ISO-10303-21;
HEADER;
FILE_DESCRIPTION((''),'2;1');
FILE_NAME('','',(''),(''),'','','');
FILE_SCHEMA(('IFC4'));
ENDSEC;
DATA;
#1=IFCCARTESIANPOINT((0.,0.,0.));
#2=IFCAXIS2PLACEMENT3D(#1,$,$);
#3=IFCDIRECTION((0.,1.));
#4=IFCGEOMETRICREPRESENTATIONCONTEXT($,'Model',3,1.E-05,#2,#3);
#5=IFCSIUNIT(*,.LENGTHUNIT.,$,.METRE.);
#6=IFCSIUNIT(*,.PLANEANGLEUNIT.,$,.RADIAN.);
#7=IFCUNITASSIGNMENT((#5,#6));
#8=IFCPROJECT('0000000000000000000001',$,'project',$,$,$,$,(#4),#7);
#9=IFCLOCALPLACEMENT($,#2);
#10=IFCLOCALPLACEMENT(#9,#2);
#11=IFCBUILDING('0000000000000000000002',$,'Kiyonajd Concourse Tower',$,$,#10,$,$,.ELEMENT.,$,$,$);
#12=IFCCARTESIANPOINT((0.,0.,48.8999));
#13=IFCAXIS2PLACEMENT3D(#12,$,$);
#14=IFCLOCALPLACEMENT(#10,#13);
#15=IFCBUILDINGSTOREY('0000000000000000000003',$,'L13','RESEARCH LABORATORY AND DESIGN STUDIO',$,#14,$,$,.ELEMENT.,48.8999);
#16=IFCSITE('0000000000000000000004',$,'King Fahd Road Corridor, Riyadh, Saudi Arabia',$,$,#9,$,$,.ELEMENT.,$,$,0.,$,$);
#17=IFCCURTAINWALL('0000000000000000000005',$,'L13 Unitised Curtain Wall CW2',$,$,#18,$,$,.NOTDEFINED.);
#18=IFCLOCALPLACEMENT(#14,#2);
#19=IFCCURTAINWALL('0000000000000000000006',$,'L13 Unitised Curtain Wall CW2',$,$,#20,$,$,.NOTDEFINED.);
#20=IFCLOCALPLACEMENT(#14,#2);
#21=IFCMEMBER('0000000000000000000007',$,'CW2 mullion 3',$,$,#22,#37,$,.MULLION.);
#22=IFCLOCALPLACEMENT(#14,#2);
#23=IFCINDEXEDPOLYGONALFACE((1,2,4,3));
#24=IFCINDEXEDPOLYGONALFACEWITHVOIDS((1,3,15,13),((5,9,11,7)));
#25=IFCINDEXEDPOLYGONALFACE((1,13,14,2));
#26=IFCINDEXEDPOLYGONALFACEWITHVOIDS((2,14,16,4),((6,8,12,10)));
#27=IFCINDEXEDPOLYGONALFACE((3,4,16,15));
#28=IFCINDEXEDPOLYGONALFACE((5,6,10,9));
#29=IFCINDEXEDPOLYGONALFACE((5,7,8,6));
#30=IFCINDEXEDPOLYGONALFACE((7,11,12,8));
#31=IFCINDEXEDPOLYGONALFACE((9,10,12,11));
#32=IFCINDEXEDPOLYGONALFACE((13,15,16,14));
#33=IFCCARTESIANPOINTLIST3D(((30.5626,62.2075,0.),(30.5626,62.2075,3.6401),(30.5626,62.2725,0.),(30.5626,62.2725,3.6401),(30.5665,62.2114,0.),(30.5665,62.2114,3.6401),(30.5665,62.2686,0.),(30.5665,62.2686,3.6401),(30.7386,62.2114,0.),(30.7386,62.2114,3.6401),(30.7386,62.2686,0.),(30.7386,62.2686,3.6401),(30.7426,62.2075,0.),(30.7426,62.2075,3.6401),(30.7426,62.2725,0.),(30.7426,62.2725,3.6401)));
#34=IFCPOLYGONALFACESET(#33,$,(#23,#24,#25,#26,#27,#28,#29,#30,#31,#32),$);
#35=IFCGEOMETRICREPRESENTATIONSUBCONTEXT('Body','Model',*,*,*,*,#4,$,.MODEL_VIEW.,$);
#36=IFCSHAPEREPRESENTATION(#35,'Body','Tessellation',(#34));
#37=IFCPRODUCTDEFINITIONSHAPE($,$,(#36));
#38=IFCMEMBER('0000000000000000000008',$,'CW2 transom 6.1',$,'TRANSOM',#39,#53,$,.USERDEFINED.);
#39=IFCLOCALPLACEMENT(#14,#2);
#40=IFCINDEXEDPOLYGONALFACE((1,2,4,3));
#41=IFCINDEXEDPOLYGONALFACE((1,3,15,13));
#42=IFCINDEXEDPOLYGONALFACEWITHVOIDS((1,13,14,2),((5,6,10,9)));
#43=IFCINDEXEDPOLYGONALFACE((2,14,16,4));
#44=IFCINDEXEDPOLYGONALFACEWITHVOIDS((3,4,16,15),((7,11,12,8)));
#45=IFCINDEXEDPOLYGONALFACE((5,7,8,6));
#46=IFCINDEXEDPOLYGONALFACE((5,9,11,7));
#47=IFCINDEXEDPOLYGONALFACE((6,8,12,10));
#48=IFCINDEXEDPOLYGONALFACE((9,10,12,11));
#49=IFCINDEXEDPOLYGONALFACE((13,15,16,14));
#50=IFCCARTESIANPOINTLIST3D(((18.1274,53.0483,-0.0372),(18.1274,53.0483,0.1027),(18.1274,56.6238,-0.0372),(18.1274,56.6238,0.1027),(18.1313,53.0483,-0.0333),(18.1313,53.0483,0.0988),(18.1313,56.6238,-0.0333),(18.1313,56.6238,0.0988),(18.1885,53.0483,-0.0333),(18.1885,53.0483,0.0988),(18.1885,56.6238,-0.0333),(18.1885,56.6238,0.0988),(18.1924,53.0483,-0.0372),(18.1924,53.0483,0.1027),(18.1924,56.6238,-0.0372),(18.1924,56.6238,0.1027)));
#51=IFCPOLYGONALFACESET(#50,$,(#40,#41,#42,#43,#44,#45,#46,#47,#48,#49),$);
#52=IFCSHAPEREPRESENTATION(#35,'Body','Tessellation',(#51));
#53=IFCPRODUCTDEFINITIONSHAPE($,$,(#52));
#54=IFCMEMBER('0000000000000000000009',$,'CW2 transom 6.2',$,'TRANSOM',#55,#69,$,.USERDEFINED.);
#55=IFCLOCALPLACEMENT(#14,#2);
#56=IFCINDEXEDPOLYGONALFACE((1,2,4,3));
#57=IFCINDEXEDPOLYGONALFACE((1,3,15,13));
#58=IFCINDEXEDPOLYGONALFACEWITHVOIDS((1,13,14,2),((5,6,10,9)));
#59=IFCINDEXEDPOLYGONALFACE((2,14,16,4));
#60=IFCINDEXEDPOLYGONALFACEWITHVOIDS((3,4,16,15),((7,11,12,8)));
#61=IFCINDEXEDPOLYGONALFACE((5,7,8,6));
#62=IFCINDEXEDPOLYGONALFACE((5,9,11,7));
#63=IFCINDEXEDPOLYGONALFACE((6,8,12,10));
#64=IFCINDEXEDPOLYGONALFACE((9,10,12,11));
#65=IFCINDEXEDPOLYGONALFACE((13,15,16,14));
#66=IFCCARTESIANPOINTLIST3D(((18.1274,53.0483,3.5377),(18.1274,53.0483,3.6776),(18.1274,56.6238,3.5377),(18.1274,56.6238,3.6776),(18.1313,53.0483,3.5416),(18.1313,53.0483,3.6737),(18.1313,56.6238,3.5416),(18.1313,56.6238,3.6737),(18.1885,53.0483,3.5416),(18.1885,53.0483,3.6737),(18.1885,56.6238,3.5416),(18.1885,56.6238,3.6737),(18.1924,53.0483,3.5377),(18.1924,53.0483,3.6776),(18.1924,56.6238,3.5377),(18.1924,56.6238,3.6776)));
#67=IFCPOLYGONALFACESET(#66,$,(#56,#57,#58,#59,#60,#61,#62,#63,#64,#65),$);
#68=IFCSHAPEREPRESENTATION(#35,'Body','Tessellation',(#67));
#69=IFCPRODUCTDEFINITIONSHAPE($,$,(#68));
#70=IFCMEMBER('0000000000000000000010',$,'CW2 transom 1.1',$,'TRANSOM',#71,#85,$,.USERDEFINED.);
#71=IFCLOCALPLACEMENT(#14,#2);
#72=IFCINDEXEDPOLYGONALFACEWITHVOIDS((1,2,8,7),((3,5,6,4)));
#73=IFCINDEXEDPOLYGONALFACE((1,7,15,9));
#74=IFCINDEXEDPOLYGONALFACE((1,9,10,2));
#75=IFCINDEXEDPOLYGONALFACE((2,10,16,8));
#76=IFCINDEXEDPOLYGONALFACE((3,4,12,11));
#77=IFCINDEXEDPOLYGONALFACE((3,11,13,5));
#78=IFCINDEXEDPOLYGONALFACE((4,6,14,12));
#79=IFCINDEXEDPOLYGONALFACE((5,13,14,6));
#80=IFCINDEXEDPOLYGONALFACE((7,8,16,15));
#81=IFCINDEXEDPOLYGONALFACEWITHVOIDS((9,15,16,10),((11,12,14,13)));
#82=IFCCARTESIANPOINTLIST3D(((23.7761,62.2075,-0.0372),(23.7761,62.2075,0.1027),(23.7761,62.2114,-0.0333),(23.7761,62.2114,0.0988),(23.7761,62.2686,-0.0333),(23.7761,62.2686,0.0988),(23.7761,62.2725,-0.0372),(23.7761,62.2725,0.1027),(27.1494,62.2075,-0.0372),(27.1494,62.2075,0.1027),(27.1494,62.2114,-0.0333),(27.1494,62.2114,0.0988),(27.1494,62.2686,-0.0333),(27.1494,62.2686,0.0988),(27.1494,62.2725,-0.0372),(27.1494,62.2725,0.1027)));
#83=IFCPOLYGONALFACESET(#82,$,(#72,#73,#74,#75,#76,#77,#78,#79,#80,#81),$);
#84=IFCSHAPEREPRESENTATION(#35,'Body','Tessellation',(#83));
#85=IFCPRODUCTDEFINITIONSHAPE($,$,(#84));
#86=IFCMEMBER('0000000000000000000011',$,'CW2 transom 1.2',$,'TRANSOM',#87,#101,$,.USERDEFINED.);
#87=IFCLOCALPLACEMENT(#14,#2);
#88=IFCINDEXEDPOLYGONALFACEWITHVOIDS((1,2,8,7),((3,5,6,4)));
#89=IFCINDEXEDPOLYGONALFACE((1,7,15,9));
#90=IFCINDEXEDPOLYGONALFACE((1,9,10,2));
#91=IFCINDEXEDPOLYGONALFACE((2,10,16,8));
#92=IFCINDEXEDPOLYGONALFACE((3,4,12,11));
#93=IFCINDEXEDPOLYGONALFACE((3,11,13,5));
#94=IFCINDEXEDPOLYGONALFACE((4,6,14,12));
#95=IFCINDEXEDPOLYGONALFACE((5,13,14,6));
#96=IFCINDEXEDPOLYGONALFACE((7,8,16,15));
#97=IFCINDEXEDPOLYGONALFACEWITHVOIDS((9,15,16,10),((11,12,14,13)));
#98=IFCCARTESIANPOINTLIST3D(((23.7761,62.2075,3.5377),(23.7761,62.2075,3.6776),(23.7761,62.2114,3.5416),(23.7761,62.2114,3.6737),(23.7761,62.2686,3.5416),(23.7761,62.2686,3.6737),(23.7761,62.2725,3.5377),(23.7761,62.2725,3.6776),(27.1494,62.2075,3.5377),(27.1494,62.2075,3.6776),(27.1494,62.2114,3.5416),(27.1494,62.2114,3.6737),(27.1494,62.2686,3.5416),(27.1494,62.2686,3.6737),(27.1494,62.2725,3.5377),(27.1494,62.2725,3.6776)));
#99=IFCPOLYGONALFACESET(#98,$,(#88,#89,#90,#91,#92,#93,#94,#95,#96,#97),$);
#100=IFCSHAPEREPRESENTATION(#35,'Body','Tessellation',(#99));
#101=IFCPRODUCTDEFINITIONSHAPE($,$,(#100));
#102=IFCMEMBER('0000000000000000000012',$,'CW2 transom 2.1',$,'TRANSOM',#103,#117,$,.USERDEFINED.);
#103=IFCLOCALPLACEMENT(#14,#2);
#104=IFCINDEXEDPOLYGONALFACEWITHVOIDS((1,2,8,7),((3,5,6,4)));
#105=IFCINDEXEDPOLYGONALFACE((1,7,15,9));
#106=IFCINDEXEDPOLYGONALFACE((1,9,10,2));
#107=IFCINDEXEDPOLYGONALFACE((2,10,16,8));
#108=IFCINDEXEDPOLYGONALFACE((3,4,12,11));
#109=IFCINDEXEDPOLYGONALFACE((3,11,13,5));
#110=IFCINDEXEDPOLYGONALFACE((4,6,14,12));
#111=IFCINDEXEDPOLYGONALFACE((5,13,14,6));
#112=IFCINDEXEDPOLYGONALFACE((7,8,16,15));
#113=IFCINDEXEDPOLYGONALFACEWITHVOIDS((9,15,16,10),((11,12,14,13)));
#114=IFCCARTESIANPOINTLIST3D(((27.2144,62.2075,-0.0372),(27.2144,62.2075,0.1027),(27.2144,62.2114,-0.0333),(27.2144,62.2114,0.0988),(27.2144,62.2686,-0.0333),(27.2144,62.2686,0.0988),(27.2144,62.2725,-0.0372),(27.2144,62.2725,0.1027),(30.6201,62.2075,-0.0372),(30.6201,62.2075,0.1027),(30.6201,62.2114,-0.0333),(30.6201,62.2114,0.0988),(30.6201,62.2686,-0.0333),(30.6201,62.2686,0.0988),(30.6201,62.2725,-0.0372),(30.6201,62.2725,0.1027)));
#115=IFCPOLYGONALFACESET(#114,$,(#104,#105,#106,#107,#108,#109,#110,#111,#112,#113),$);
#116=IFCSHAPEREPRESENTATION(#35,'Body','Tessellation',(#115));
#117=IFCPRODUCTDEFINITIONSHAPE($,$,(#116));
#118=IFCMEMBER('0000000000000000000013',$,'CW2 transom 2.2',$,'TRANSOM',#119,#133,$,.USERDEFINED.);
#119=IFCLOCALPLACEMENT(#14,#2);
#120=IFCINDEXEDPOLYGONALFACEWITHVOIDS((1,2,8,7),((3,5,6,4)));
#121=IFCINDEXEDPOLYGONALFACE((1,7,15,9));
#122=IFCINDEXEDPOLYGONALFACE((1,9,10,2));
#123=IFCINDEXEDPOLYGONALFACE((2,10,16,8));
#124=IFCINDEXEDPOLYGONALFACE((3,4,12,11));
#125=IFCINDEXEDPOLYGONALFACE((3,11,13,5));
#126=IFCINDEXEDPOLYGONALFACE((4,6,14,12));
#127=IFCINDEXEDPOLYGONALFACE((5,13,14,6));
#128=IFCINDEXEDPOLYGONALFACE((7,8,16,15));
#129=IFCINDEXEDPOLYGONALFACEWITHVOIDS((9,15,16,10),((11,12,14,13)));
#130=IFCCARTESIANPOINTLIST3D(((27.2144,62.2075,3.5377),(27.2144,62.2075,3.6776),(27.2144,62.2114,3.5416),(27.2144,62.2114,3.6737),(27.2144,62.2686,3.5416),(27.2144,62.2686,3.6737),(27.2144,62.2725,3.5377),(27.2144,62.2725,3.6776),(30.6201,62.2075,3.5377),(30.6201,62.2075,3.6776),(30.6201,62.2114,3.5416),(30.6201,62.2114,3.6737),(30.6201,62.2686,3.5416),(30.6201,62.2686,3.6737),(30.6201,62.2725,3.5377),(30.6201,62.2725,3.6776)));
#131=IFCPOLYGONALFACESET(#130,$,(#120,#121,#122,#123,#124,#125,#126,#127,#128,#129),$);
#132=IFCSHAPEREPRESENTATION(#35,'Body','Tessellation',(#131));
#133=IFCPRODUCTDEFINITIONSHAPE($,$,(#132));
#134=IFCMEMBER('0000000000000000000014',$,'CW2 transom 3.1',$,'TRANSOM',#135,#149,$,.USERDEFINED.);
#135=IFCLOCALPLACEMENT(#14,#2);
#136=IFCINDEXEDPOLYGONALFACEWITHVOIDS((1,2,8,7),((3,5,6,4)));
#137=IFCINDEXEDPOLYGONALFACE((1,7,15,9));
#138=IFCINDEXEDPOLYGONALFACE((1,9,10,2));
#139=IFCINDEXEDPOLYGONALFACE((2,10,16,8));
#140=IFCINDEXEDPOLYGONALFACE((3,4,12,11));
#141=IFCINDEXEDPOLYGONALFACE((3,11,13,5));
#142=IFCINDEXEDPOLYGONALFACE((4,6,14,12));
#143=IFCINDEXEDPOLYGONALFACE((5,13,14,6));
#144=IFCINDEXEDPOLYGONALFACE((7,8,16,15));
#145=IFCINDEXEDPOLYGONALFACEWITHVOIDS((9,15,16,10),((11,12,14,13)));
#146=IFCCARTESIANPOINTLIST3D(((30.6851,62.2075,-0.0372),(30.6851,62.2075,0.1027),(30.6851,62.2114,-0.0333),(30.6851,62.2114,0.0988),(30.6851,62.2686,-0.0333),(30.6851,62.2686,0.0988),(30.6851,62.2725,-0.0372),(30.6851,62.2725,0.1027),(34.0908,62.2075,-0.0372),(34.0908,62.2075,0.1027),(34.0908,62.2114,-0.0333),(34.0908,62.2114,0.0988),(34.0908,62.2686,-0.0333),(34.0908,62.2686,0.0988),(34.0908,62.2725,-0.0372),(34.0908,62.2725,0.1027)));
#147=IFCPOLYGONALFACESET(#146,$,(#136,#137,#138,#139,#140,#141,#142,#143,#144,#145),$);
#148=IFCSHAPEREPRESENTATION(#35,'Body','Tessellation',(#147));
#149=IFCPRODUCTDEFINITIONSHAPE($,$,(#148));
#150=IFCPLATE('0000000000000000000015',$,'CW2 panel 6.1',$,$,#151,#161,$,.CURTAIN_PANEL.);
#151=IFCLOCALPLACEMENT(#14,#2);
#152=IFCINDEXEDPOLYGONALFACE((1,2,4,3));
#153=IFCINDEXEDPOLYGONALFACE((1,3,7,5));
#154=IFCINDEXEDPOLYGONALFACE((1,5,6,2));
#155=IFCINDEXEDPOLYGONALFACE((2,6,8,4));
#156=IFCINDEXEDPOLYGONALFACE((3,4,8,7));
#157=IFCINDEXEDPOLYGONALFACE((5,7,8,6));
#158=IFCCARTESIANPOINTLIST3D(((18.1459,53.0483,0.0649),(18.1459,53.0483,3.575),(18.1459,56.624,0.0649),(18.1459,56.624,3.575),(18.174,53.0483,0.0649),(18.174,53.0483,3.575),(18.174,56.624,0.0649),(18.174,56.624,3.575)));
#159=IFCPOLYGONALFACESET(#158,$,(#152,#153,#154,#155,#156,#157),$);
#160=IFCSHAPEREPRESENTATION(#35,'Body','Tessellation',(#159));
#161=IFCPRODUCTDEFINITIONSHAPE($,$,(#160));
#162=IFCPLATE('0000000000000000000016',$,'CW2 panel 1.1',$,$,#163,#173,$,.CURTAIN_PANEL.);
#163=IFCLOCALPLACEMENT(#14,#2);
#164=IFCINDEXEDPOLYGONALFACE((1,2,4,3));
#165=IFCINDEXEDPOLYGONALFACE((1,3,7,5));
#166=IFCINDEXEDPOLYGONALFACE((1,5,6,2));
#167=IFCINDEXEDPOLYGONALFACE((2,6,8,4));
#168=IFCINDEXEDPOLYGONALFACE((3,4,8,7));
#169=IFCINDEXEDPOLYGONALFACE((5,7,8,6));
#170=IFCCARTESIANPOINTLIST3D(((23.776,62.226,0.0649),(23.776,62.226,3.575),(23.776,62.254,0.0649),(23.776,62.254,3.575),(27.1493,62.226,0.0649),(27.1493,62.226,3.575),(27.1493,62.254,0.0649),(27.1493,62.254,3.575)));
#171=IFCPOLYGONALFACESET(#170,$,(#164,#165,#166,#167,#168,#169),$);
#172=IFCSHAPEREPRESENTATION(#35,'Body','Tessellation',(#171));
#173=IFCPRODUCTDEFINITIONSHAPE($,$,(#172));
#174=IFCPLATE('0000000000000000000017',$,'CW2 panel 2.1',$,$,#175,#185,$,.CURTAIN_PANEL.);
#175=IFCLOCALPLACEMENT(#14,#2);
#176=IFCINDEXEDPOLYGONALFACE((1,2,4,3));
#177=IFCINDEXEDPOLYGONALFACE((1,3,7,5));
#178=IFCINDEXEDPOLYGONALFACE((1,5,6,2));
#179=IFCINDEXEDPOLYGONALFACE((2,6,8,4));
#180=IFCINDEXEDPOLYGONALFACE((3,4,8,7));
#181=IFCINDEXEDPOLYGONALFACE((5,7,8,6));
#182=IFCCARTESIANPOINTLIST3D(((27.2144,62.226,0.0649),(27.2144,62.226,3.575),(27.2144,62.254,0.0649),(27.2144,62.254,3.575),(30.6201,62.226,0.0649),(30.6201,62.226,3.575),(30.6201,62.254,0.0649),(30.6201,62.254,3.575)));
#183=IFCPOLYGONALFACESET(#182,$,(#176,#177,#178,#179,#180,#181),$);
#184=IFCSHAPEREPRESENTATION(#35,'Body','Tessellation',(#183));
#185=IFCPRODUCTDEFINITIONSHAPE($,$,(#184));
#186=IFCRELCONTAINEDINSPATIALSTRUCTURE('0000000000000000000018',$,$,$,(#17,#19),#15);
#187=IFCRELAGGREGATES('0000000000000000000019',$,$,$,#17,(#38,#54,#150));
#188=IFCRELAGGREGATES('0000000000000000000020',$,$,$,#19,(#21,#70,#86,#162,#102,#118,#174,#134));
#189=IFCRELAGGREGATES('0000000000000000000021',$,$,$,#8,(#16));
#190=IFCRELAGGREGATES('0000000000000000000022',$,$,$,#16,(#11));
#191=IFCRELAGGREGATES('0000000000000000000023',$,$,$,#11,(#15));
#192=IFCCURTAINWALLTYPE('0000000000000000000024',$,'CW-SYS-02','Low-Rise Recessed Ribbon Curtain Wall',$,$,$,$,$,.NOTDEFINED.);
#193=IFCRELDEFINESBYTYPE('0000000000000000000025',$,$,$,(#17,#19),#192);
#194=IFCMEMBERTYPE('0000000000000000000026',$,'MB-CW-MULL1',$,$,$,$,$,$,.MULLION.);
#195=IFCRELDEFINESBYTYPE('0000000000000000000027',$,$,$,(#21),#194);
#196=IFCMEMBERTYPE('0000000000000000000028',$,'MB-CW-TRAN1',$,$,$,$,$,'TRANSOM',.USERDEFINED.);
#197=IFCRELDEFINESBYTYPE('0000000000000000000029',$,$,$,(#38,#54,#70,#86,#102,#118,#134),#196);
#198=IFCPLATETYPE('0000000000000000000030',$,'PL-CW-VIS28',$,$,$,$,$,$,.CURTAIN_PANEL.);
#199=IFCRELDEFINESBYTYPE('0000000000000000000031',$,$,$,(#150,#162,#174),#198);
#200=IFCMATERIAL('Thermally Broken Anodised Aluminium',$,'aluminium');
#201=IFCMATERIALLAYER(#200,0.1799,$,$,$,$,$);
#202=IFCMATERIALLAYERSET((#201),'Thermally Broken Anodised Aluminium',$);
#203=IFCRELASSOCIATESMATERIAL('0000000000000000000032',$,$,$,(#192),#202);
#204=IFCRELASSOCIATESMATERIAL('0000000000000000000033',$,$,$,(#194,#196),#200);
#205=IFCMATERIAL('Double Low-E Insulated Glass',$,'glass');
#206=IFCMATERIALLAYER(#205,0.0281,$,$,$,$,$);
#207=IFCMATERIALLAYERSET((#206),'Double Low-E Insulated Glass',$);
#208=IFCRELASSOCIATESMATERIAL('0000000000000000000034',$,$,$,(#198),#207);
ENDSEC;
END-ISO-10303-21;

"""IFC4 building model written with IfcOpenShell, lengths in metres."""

from ifc_helpers import new_model, si_unit, direction, frame, origin, origin_2d, place, context, subcontext, project, spatial, rectangle, hollow_rectangle, extrude, material, layer, layer_set, material_profile, profile_set, type_object, element, aggregate, save


model = new_model("IFC4")

# Units and contexts
model_context = context("Model", 3, precision=1e-05, world=origin(), true_north=direction((0.0, 1.0)))
body_context = subcontext(model_context, "Body", "Model", "MODEL_VIEW")
ifc_project = project(units=[si_unit("LENGTHUNIT", "METRE"), si_unit("PLANEANGLEUNIT", "RADIAN")], contexts=[model_context])

# Site, building, storey
site_placement = place(None, origin())
site = spatial("IfcSite", under=ifc_project, at=site_placement, Name="King Fahd Road Corridor, Riyadh, Saudi Arabia", CompositionType="ELEMENT", RefElevation=0.0)
building_placement = place(site_placement, origin())
building = spatial("IfcBuilding", under=site, at=building_placement, Name="Kiyonajd Concourse Tower", CompositionType="ELEMENT")
storey_placement = place(building_placement, frame((0.0, 0.0, 48.8999)))
storey = spatial("IfcBuildingStorey", under=building, at=storey_placement, Name="L13", Description="RESEARCH LABORATORY AND DESIGN STUDIO", CompositionType="ELEMENT", Elevation=48.8999)

# Curtain wall
ifc_material_1 = material(Name="Thermally Broken Anodised Aluminium", Category="aluminium")
ifc_layer_1 = layer(ifc_material_1, 0.1799)
ifc_layer_set_1 = layer_set([ifc_layer_1], Name="Thermally Broken Anodised Aluminium")
curtain_wall_type = type_object("IfcCurtainWallType", Name="CW-SYS-02", Description="Low-Rise Recessed Ribbon Curtain Wall", PredefinedType="NOTDEFINED", material=ifc_layer_set_1)
curtain_wall_1_placement = place(storey_placement, origin())
curtain_wall_1 = element("IfcCurtainWall", 1, at=curtain_wall_1_placement, inside=storey, type_object=curtain_wall_type, Name="L13 Unitised Curtain Wall CW2", PredefinedType="NOTDEFINED")
ifc_material_profile_1 = material_profile(ifc_material_1, hollow_rectangle(XDim=0.0649, YDim=0.1799, WallThickness=0.0039, at=origin_2d()), Name="MULL-65x180")
ifc_profile_set_1 = profile_set([ifc_material_profile_1], Name="Thermally Broken Anodised Aluminium")
member_type_1 = type_object("IfcMemberType", Name="MB-CW-MULL1", PredefinedType="MULLION", material=ifc_profile_set_1)

# Curtain wall, member
curtain_wall_2_placement = place(storey_placement, origin())
curtain_wall_2 = element("IfcCurtainWall", 2, at=curtain_wall_2_placement, inside=storey, type_object=curtain_wall_type, Name="L13 Unitised Curtain Wall CW2", PredefinedType="NOTDEFINED")
member_1_placement = place(storey_placement, frame((30.6526, 62.24, 0.0), z_axis=(0.0, 0.0, 1.0), x_axis=(0.0, 1.0, 0.0)))
member_1 = element("IfcMember", 3, at=member_1_placement, type_object=member_type_1, Name="CW2 mullion 3", PredefinedType="MULLION", context=body_context, shape_type="SweptSolid", body=[
    extrude(hollow_rectangle(XDim=0.0649, YDim=0.1799, WallThickness=0.0039, at=origin_2d()), origin(), (0.0, 0.0, 1.0), 3.6401),
])

# Members
ifc_material_profile_2 = material_profile(ifc_material_1, hollow_rectangle(XDim=0.0649, YDim=0.1399, WallThickness=0.0039, at=origin_2d()), Name="TRAN-65x140")
ifc_profile_set_2 = profile_set([ifc_material_profile_2], Name="Thermally Broken Anodised Aluminium")
member_type_2 = type_object("IfcMemberType", Name="MB-CW-TRAN1", ElementType="TRANSOM", PredefinedType="USERDEFINED", material=ifc_profile_set_2)
member_2_placement = place(storey_placement, frame((18.1599, 53.0483, 0.0327), z_axis=(0.0, 1.0, 0.0), x_axis=(-1.0, 0.0, 0.0)))
member_2 = element("IfcMember", 4, at=member_2_placement, type_object=member_type_2, Name="CW2 transom 6.1", ObjectType="TRANSOM", PredefinedType="USERDEFINED", context=body_context, shape_type="SweptSolid", body=[
    extrude(hollow_rectangle(XDim=0.0649, YDim=0.1399, WallThickness=0.0039, at=origin_2d()), origin(), (0.0, 0.0, 1.0), 3.5754),
])
member_3_placement = place(storey_placement, frame((18.1599, 53.0483, 3.6077), z_axis=(0.0, 1.0, 0.0), x_axis=(-1.0, 0.0, 0.0)))
member_3 = element("IfcMember", 5, at=member_3_placement, type_object=member_type_2, Name="CW2 transom 6.2", ObjectType="TRANSOM", PredefinedType="USERDEFINED", context=body_context, shape_type="SweptSolid", body=[
    extrude(hollow_rectangle(XDim=0.0649, YDim=0.1399, WallThickness=0.0039, at=origin_2d()), origin(), (0.0, 0.0, 1.0), 3.5754),
])
member_4_placement = place(storey_placement, frame((23.7761, 62.24, 0.0327), z_axis=(1.0, 0.0, 0.0), x_axis=(0.0, 1.0, 0.0)))
member_4 = element("IfcMember", 6, at=member_4_placement, type_object=member_type_2, Name="CW2 transom 1.1", ObjectType="TRANSOM", PredefinedType="USERDEFINED", context=body_context, shape_type="SweptSolid", body=[
    extrude(hollow_rectangle(XDim=0.0649, YDim=0.1399, WallThickness=0.0039, at=origin_2d()), origin(), (0.0, 0.0, 1.0), 3.3733),
])
member_5_placement = place(storey_placement, frame((23.7761, 62.24, 3.6077), z_axis=(1.0, 0.0, 0.0), x_axis=(0.0, 1.0, 0.0)))
member_5 = element("IfcMember", 7, at=member_5_placement, type_object=member_type_2, Name="CW2 transom 1.2", ObjectType="TRANSOM", PredefinedType="USERDEFINED", context=body_context, shape_type="SweptSolid", body=[
    extrude(hollow_rectangle(XDim=0.0649, YDim=0.1399, WallThickness=0.0039, at=origin_2d()), origin(), (0.0, 0.0, 1.0), 3.3733),
])
member_6_placement = place(storey_placement, frame((27.2144, 62.24, 0.0327), z_axis=(1.0, 0.0, 0.0), x_axis=(0.0, 1.0, 0.0)))
member_6 = element("IfcMember", 8, at=member_6_placement, type_object=member_type_2, Name="CW2 transom 2.1", ObjectType="TRANSOM", PredefinedType="USERDEFINED", context=body_context, shape_type="SweptSolid", body=[
    extrude(hollow_rectangle(XDim=0.0649, YDim=0.1399, WallThickness=0.0039, at=origin_2d()), origin(), (0.0, 0.0, 1.0), 3.4058),
])
member_7_placement = place(storey_placement, frame((27.2144, 62.24, 3.6077), z_axis=(1.0, 0.0, 0.0), x_axis=(0.0, 1.0, 0.0)))
member_7 = element("IfcMember", 9, at=member_7_placement, type_object=member_type_2, Name="CW2 transom 2.2", ObjectType="TRANSOM", PredefinedType="USERDEFINED", context=body_context, shape_type="SweptSolid", body=[
    extrude(hollow_rectangle(XDim=0.0649, YDim=0.1399, WallThickness=0.0039, at=origin_2d()), origin(), (0.0, 0.0, 1.0), 3.4058),
])
member_8_placement = place(storey_placement, frame((30.6851, 62.24, 0.0327), z_axis=(1.0, 0.0, 0.0), x_axis=(0.0, 1.0, 0.0)))
member_8 = element("IfcMember", 10, at=member_8_placement, type_object=member_type_2, Name="CW2 transom 3.1", ObjectType="TRANSOM", PredefinedType="USERDEFINED", context=body_context, shape_type="SweptSolid", body=[
    extrude(hollow_rectangle(XDim=0.0649, YDim=0.1399, WallThickness=0.0039, at=origin_2d()), origin(), (0.0, 0.0, 1.0), 3.4058),
])

# Plates
ifc_material_2 = material(Name="Double Low-E Insulated Glass", Category="glass")
ifc_layer_2 = layer(ifc_material_2, 0.0281)
ifc_layer_set_2 = layer_set([ifc_layer_2], Name="Double Low-E Insulated Glass")
plate_type_1 = type_object("IfcPlateType", Name="PL-CW-VIS28", PredefinedType="CURTAIN_PANEL", material=ifc_layer_set_2)
plate_1_placement = place(storey_placement, frame((18.1599, 54.8362, 0.0649), z_axis=(0.0, 0.0, 1.0), x_axis=(0.0, 1.0, 0.0)))
plate_1 = element("IfcPlate", 11, at=plate_1_placement, type_object=plate_type_1, Name="CW2 panel 6.1", PredefinedType="CURTAIN_PANEL", context=body_context, shape_type="SweptSolid", body=[
    extrude(rectangle(XDim=3.5757, YDim=0.0281, at=origin_2d()), origin(), (0.0, 0.0, 1.0), 3.51),
])
aggregate(curtain_wall_1, [member_2, member_3, plate_1])
plate_2_placement = place(storey_placement, frame((25.4626, 62.24, 0.0649), z_axis=(0.0, 0.0, 1.0), x_axis=(1.0, 0.0, 0.0)))
plate_2 = element("IfcPlate", 12, at=plate_2_placement, type_object=plate_type_1, Name="CW2 panel 1.1", PredefinedType="CURTAIN_PANEL", context=body_context, shape_type="SweptSolid", body=[
    extrude(rectangle(XDim=3.3733, YDim=0.0281, at=origin_2d()), origin(), (0.0, 0.0, 1.0), 3.51),
])
plate_3_placement = place(storey_placement, frame((28.9172, 62.24, 0.0649), z_axis=(0.0, 0.0, 1.0), x_axis=(1.0, 0.0, 0.0)))
plate_3 = element("IfcPlate", 13, at=plate_3_placement, type_object=plate_type_1, Name="CW2 panel 2.1", PredefinedType="CURTAIN_PANEL", context=body_context, shape_type="SweptSolid", body=[
    extrude(rectangle(XDim=3.4058, YDim=0.0281, at=origin_2d()), origin(), (0.0, 0.0, 1.0), 3.51),
])
aggregate(curtain_wall_2, [member_1, member_4, member_5, plate_2, member_6, member_7, plate_3, member_8])

save(model, "model.ifc")
